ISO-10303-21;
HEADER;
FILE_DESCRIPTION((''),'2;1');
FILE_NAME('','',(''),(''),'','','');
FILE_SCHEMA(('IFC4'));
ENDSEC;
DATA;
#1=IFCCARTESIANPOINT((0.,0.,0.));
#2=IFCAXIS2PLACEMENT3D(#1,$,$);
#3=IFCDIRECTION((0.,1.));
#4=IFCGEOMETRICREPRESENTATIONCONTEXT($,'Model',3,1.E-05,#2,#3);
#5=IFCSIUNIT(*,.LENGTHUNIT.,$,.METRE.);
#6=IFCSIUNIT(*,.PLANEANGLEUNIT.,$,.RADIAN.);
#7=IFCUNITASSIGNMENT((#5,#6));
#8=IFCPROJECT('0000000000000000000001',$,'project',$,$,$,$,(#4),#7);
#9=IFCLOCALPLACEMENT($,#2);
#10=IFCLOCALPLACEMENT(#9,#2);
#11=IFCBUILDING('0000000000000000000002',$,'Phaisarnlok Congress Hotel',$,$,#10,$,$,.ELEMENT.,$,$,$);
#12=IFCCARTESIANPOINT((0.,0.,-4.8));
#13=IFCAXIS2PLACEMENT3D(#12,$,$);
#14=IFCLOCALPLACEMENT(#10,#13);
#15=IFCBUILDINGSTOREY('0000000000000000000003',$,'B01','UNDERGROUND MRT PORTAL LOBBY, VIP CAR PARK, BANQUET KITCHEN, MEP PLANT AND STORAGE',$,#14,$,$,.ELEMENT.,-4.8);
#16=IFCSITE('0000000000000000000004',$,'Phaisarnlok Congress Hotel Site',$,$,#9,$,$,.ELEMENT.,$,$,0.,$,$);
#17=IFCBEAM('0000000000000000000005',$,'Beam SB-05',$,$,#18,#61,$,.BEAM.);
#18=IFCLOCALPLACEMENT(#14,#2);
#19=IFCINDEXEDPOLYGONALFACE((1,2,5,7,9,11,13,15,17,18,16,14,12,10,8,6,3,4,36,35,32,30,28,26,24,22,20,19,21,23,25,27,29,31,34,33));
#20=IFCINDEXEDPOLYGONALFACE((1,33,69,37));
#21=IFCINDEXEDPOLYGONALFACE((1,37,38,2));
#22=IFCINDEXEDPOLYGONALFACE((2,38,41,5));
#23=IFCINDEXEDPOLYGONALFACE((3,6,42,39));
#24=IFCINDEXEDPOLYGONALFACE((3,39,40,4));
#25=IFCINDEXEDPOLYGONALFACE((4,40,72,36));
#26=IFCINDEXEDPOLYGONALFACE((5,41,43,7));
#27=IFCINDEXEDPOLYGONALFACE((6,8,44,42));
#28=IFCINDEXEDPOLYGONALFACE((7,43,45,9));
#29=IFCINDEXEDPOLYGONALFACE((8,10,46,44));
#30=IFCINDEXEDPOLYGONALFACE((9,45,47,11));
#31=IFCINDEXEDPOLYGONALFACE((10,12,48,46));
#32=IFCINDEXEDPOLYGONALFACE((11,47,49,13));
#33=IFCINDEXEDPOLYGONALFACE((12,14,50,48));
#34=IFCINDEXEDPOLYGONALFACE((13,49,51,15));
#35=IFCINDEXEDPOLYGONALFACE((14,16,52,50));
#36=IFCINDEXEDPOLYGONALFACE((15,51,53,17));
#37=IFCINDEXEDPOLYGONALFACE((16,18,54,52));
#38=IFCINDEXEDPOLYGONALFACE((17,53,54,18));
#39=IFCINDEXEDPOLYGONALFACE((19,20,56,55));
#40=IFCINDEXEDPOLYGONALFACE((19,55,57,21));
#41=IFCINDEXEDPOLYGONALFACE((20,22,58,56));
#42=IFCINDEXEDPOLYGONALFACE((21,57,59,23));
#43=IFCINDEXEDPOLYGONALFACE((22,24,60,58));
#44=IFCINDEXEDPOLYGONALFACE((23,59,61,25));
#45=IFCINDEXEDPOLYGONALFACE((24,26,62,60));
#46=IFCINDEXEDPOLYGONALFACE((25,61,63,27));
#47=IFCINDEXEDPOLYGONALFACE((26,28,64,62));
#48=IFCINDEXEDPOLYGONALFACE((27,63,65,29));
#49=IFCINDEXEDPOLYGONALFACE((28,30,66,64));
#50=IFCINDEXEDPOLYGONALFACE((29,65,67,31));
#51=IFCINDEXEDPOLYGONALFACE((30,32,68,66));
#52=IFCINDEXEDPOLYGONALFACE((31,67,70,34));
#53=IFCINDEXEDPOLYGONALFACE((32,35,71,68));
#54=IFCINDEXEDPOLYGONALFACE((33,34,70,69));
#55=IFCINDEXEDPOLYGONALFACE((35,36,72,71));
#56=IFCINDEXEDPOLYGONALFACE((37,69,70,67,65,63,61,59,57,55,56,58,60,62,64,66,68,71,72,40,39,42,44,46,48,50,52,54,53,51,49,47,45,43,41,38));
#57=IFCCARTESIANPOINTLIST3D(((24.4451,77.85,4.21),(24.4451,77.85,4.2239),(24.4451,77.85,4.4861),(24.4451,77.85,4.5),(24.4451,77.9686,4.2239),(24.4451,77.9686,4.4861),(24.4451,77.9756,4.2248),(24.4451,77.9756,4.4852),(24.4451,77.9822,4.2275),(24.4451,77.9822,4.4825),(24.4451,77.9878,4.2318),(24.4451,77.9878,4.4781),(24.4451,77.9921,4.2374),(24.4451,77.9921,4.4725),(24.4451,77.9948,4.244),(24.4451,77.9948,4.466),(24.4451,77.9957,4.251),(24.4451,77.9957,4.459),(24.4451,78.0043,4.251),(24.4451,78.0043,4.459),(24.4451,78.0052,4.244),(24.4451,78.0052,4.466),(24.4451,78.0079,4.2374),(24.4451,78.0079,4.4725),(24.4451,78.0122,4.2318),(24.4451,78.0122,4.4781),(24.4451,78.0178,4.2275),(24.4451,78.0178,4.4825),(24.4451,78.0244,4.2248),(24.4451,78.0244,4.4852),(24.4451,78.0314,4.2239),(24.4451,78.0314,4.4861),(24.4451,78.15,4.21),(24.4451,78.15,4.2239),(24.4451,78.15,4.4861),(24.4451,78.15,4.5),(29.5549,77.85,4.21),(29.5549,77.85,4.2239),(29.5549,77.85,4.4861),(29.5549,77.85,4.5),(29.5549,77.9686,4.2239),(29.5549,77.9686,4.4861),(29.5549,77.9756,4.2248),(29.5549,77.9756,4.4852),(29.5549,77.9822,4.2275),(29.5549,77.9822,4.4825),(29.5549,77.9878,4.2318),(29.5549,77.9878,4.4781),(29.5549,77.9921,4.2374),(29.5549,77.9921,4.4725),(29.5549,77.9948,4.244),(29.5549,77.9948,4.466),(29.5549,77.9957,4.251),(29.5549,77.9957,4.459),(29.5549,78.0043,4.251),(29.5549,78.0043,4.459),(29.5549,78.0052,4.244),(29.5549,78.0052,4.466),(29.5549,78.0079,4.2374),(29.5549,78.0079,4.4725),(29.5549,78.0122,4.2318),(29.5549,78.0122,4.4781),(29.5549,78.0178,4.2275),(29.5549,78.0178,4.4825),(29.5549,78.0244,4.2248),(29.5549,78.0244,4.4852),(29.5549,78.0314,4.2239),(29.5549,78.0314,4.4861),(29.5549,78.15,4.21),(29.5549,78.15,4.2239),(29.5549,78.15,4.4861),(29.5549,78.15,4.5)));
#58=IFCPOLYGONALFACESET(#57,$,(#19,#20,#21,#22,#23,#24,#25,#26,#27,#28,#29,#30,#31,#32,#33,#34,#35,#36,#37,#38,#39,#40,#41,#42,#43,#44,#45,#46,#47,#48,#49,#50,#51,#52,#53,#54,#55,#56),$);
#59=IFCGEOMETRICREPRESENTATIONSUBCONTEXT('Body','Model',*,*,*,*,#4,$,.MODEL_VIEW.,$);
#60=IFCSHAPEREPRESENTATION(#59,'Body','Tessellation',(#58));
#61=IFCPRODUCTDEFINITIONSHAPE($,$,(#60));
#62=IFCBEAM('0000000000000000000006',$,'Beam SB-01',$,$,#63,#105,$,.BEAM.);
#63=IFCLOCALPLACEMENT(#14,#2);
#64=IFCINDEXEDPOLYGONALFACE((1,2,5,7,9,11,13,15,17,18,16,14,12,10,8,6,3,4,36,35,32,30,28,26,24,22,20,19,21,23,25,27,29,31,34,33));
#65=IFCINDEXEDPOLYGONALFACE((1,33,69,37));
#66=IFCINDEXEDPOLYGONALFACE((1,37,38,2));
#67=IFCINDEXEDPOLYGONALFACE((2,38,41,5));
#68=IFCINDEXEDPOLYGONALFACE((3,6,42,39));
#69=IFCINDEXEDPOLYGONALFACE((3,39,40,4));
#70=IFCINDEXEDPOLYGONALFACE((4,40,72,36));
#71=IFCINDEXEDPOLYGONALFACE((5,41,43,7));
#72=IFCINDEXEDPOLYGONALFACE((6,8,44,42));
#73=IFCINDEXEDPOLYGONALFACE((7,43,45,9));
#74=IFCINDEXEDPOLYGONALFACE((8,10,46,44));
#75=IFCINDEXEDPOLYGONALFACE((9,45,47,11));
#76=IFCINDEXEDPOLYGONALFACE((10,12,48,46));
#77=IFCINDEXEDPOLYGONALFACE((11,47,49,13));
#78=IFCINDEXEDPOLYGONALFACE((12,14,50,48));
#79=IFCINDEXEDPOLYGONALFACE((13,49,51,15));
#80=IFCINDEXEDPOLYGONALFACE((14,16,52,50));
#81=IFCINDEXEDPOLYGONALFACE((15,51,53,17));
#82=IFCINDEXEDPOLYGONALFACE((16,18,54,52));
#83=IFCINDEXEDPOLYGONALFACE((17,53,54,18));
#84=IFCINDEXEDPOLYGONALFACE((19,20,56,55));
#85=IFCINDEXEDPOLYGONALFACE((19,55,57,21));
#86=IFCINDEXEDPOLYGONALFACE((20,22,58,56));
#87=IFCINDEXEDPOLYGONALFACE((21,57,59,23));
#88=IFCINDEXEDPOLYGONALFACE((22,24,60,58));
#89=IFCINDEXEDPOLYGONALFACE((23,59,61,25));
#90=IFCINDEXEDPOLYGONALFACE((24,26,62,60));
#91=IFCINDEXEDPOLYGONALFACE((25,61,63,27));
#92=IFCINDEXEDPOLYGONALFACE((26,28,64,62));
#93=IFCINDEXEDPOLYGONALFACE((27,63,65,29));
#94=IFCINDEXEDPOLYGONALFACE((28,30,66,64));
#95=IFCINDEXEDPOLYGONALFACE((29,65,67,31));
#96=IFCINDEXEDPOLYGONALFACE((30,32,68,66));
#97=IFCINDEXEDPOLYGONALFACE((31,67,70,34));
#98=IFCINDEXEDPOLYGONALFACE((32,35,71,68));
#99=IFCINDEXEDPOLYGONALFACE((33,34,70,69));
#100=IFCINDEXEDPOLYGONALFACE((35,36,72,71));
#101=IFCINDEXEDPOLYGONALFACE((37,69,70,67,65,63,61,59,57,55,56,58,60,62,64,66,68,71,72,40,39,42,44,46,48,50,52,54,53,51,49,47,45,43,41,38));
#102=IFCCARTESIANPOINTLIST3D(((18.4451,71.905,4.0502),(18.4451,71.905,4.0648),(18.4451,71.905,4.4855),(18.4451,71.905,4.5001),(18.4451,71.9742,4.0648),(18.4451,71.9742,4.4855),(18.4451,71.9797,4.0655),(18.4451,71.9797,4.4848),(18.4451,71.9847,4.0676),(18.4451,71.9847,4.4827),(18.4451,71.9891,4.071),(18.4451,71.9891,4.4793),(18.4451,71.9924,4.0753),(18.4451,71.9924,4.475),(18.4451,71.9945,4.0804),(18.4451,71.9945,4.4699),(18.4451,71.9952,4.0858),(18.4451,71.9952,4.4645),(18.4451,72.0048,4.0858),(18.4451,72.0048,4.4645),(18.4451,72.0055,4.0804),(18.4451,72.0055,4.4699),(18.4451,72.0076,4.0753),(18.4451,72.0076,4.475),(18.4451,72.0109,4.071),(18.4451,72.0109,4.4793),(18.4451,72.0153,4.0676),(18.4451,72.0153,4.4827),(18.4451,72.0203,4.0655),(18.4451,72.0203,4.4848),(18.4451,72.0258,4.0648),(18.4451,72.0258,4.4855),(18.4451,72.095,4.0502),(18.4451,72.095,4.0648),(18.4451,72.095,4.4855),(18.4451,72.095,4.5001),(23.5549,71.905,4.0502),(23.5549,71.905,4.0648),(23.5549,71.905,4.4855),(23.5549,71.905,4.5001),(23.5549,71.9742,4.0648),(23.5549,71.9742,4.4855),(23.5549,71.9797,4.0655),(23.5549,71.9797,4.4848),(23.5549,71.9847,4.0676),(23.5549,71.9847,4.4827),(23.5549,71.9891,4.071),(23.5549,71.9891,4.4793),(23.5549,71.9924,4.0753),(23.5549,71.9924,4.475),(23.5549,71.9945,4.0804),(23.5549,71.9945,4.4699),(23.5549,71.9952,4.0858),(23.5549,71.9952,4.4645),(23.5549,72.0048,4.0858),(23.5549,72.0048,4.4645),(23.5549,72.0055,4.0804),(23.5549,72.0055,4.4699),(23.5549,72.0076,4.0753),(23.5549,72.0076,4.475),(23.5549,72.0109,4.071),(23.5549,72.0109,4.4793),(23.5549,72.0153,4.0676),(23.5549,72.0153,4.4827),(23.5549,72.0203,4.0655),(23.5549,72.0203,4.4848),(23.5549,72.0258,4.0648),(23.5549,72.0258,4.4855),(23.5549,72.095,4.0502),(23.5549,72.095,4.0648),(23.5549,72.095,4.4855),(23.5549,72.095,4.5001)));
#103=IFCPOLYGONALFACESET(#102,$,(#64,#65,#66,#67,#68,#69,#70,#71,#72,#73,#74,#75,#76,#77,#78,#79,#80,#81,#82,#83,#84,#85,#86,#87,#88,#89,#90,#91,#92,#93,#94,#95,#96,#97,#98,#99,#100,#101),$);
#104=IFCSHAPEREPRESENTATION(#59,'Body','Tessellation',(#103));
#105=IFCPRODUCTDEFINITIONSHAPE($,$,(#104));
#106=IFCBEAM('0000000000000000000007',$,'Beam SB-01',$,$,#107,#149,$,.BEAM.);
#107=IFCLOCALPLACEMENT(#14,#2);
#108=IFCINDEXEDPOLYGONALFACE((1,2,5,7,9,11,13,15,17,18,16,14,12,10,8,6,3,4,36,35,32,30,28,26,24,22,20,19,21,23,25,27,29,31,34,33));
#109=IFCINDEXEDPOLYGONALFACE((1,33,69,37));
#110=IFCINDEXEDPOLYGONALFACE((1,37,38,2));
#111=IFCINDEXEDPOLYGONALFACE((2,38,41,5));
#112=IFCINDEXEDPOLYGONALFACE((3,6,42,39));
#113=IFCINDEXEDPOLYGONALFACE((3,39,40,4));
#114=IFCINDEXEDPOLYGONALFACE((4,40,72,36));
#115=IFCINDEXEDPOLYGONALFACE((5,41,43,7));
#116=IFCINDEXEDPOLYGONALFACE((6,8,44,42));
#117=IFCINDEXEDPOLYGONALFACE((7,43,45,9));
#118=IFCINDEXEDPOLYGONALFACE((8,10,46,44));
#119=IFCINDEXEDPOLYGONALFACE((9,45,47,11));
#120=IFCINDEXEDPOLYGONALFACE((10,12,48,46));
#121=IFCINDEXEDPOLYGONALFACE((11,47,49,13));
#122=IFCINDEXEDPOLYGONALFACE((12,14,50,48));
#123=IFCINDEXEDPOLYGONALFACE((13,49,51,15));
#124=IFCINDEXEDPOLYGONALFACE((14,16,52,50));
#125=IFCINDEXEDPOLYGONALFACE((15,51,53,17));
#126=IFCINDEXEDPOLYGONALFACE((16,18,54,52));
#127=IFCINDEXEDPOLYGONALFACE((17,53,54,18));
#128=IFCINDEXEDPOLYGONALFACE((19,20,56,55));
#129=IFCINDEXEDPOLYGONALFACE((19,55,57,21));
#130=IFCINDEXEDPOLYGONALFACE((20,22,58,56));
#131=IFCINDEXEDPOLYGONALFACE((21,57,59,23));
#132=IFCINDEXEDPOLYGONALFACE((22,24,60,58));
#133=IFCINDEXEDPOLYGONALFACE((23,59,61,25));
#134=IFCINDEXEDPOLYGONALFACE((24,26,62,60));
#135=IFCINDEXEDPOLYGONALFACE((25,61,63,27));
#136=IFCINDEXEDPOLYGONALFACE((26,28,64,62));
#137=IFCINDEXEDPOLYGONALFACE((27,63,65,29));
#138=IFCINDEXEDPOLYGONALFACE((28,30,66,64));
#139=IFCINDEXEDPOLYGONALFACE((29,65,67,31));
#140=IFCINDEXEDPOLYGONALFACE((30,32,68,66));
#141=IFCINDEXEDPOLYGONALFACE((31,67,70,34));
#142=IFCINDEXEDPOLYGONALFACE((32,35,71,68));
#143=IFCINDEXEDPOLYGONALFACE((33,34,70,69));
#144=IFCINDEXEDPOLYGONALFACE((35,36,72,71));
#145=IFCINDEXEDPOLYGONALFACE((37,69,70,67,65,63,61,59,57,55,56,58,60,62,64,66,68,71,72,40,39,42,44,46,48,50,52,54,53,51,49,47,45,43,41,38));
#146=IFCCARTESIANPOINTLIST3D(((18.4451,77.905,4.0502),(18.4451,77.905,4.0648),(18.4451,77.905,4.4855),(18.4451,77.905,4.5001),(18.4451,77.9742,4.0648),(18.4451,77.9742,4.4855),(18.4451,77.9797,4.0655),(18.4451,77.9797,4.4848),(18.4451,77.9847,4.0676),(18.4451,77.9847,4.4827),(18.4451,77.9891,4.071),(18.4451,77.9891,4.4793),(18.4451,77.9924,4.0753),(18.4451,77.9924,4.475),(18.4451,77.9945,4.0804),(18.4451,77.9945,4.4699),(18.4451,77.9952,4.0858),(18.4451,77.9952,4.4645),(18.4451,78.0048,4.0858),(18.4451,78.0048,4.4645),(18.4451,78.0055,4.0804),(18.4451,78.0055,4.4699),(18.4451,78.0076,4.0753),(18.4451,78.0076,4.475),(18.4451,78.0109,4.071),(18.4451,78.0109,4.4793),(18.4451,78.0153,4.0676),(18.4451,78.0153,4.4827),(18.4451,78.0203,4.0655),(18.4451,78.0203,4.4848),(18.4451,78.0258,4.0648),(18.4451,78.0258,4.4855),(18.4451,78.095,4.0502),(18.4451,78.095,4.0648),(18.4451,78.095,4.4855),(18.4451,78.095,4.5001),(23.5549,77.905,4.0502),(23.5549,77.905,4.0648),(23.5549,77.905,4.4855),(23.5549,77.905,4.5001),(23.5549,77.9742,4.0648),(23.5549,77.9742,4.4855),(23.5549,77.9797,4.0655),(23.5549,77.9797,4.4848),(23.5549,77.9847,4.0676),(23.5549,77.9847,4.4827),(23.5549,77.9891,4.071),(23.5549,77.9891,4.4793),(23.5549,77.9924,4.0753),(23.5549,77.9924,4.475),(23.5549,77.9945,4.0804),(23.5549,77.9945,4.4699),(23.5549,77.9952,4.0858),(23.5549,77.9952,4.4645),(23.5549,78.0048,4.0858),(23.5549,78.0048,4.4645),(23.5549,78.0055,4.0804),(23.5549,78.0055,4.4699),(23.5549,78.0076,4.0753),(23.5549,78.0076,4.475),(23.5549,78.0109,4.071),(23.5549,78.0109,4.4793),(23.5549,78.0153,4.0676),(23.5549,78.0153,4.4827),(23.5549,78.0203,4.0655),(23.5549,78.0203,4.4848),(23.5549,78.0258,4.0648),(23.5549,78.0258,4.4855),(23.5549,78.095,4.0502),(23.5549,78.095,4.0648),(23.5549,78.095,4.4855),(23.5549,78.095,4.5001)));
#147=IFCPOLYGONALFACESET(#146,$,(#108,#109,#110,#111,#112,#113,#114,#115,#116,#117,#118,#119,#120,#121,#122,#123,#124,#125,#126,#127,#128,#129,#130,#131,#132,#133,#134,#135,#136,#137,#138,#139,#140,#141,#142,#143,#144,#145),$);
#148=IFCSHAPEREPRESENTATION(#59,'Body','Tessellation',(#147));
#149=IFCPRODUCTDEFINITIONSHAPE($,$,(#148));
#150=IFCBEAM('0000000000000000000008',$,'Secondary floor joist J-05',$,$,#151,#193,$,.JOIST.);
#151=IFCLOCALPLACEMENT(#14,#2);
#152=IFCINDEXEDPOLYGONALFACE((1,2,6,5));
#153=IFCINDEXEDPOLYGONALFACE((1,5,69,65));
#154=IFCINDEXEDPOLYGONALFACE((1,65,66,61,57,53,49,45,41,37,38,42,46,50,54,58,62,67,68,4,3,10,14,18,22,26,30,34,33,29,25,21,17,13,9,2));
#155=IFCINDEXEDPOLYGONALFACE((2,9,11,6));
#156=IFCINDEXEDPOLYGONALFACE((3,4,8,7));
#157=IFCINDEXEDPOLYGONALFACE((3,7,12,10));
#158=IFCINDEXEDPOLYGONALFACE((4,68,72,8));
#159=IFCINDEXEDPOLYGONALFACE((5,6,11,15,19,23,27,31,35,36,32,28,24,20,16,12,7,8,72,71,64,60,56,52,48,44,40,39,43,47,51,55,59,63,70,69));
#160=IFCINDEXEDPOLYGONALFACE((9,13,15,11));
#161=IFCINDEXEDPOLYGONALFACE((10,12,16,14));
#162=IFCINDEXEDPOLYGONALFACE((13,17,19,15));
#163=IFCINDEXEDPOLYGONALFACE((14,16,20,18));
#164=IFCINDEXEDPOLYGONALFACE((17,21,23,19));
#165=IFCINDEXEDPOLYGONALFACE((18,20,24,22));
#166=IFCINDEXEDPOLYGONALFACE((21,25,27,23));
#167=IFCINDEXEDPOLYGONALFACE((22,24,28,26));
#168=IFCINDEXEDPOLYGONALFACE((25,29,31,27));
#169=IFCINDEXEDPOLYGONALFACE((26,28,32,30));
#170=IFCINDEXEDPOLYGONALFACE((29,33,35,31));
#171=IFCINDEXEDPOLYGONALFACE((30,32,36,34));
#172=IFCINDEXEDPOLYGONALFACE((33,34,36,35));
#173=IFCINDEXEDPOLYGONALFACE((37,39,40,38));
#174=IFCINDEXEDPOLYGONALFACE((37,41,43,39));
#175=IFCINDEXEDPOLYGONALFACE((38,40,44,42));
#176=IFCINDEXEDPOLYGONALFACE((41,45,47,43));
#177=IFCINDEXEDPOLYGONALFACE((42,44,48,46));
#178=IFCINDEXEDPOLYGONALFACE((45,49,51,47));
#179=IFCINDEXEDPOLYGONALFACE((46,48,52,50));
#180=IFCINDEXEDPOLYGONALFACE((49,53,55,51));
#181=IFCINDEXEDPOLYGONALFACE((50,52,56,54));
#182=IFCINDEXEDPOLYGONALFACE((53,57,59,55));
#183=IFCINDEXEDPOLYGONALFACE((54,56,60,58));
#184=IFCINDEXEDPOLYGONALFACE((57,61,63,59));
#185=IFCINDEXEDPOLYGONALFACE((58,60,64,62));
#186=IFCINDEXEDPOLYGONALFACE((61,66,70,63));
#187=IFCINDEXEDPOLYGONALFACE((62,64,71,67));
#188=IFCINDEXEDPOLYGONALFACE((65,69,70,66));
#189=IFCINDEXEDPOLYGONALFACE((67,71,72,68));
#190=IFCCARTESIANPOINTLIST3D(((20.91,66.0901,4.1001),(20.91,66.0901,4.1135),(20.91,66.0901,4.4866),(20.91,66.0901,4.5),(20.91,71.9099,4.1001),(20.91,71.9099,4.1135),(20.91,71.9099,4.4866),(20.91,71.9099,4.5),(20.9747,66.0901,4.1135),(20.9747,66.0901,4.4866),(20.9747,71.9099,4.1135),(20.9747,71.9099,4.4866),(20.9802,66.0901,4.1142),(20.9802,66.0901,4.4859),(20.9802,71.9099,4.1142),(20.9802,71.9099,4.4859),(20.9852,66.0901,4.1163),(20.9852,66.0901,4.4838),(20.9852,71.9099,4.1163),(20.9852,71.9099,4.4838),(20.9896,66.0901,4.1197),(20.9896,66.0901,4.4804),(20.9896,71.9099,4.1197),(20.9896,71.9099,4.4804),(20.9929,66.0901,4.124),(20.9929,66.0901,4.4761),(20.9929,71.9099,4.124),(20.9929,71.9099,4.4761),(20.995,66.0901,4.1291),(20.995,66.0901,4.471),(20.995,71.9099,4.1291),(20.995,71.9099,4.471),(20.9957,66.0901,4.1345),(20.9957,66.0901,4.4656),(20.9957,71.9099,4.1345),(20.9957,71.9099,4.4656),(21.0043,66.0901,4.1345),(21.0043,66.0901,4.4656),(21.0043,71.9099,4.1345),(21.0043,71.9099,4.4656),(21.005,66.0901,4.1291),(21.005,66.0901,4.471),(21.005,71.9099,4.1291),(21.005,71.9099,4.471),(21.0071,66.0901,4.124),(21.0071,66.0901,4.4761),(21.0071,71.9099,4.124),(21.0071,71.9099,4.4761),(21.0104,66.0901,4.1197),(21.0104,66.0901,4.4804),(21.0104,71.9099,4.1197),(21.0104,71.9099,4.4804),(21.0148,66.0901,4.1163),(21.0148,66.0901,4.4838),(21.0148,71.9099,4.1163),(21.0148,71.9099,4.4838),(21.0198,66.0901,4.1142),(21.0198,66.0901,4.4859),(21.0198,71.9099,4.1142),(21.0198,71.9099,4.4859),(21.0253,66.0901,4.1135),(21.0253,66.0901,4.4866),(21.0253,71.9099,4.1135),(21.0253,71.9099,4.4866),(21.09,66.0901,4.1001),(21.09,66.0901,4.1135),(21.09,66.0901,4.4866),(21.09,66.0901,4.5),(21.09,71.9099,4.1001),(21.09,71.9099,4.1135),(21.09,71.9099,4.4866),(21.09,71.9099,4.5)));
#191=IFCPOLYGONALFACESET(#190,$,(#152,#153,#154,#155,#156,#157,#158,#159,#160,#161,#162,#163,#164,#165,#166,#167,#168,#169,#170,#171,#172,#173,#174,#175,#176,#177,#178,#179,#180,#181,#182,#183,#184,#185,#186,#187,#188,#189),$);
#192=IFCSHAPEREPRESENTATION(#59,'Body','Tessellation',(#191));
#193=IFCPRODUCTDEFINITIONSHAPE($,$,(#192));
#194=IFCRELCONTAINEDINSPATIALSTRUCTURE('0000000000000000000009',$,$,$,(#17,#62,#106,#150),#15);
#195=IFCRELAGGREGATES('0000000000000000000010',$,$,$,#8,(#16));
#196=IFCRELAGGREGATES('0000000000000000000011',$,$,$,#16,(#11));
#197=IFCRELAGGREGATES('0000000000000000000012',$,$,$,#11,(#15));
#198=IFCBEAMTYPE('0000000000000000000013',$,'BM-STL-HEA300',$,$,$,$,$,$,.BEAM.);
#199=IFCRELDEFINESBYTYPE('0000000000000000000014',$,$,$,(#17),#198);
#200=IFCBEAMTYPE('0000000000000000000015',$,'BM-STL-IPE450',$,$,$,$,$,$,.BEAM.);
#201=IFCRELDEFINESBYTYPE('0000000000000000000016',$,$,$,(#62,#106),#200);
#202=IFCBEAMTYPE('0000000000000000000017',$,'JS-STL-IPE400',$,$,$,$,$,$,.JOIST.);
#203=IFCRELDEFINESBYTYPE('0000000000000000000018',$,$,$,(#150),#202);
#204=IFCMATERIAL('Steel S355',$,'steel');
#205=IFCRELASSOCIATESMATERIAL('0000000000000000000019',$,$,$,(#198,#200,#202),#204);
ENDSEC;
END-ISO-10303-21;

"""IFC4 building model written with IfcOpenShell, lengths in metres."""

from ifc_helpers import new_model, si_unit, direction, frame, origin, origin_2d, place, context, subcontext, project, spatial, i_section, extrude, material, material_profile, profile_set, type_object, element, save


model = new_model("IFC4")

# Units and contexts
model_context = context("Model", 3, precision=1e-05, world=origin(), true_north=direction((0.0, 1.0)))
body_context = subcontext(model_context, "Body", "Model", "MODEL_VIEW")
ifc_project = project(units=[si_unit("LENGTHUNIT", "METRE"), si_unit("PLANEANGLEUNIT", "RADIAN")], contexts=[model_context])

# Site, building, storey
site_placement = place(None, origin())
site = spatial("IfcSite", under=ifc_project, at=site_placement, Name="Phaisarnlok Congress Hotel Site", CompositionType="ELEMENT", RefElevation=0.0)
building_placement = place(site_placement, origin())
building = spatial("IfcBuilding", under=site, at=building_placement, Name="Phaisarnlok Congress Hotel", CompositionType="ELEMENT")
storey_placement = place(building_placement, frame((0.0, 0.0, -4.8)))
storey = spatial("IfcBuildingStorey", under=building, at=storey_placement, Name="B01", Description="UNDERGROUND MRT PORTAL LOBBY, VIP CAR PARK, BANQUET KITCHEN, MEP PLANT AND STORAGE", CompositionType="ELEMENT", Elevation=-4.8)

# Beams
ifc_material_1 = material(Name="Steel S355", Category="steel")
ifc_material_profile_1 = material_profile(ifc_material_1, i_section(OverallWidth=0.3, OverallDepth=0.29, WebThickness=0.0085, FlangeThickness=0.0139, FilletRadius=0.0271, at=origin_2d()), Name="HEA 300")
ifc_profile_set_1 = profile_set([ifc_material_profile_1], Name="Steel S355")
beam_type_1 = type_object("IfcBeamType", Name="BM-STL-HEA300", PredefinedType="BEAM", material=ifc_profile_set_1)
for number, where, z_axis, x_axis, name in (
    (1, (24.4451, 78.0, 4.355), (1.0, 0.0, 0.0), (0.0, 1.0, 0.0), "Beam SB-05"),
):
    element("IfcBeam", number, at=place(storey_placement, frame(where, z_axis=z_axis, x_axis=x_axis)), inside=storey, type_object=beam_type_1, Name=name, PredefinedType="BEAM", context=body_context, shape_type="SweptSolid", body=[
        extrude(i_section(OverallWidth=0.3, OverallDepth=0.29, WebThickness=0.0085, FlangeThickness=0.0139, FilletRadius=0.0271, at=origin_2d()), origin(), (0.0, 0.0, 1.0), 5.1099),
    ])
ifc_material_profile_2 = material_profile(ifc_material_1, i_section(OverallWidth=0.1899, OverallDepth=0.45, WebThickness=0.0095, FlangeThickness=0.0146, FilletRadius=0.021, at=origin_2d()), Name="IPE 450")
ifc_profile_set_2 = profile_set([ifc_material_profile_2], Name="Steel S355")
beam_type_2 = type_object("IfcBeamType", Name="BM-STL-IPE450", PredefinedType="BEAM", material=ifc_profile_set_2)
for number, where, z_axis, x_axis, name in (
    (2, (18.4451, 72.0, 4.2751), (1.0, 0.0, 0.0), (0.0, 1.0, 0.0), "Beam SB-01"),
    (3, (18.4451, 78.0, 4.2751), (1.0, 0.0, 0.0), (0.0, 1.0, 0.0), "Beam SB-01"),
):
    element("IfcBeam", number, at=place(storey_placement, frame(where, z_axis=z_axis, x_axis=x_axis)), inside=storey, type_object=beam_type_2, Name=name, PredefinedType="BEAM", context=body_context, shape_type="SweptSolid", body=[
        extrude(i_section(OverallWidth=0.1899, OverallDepth=0.45, WebThickness=0.0095, FlangeThickness=0.0146, FilletRadius=0.021, at=origin_2d()), origin(), (0.0, 0.0, 1.0), 5.1099),
    ])
ifc_material_profile_3 = material_profile(ifc_material_1, i_section(OverallWidth=0.1799, OverallDepth=0.3999, WebThickness=0.0085, FlangeThickness=0.0134, FilletRadius=0.021, at=origin_2d()), Name="IPE 400")
ifc_profile_set_3 = profile_set([ifc_material_profile_3], Name="Steel S355")
beam_type_3 = type_object("IfcBeamType", Name="JS-STL-IPE400", PredefinedType="JOIST", material=ifc_profile_set_3)
for number, where, z_axis, x_axis, name in (
    (4, (21.0, 66.0901, 4.3), (0.0, 1.0, 0.0), (-1.0, 0.0, 0.0), "Secondary floor joist J-05"),
):
    element("IfcBeam", number, at=place(storey_placement, frame(where, z_axis=z_axis, x_axis=x_axis)), inside=storey, type_object=beam_type_3, Name=name, PredefinedType="JOIST", context=body_context, shape_type="SweptSolid", body=[
        extrude(i_section(OverallWidth=0.1799, OverallDepth=0.3999, WebThickness=0.0085, FlangeThickness=0.0134, FilletRadius=0.021, at=origin_2d()), origin(), (0.0, 0.0, 1.0), 5.8198),
    ])

save(model, "model.ifc")
